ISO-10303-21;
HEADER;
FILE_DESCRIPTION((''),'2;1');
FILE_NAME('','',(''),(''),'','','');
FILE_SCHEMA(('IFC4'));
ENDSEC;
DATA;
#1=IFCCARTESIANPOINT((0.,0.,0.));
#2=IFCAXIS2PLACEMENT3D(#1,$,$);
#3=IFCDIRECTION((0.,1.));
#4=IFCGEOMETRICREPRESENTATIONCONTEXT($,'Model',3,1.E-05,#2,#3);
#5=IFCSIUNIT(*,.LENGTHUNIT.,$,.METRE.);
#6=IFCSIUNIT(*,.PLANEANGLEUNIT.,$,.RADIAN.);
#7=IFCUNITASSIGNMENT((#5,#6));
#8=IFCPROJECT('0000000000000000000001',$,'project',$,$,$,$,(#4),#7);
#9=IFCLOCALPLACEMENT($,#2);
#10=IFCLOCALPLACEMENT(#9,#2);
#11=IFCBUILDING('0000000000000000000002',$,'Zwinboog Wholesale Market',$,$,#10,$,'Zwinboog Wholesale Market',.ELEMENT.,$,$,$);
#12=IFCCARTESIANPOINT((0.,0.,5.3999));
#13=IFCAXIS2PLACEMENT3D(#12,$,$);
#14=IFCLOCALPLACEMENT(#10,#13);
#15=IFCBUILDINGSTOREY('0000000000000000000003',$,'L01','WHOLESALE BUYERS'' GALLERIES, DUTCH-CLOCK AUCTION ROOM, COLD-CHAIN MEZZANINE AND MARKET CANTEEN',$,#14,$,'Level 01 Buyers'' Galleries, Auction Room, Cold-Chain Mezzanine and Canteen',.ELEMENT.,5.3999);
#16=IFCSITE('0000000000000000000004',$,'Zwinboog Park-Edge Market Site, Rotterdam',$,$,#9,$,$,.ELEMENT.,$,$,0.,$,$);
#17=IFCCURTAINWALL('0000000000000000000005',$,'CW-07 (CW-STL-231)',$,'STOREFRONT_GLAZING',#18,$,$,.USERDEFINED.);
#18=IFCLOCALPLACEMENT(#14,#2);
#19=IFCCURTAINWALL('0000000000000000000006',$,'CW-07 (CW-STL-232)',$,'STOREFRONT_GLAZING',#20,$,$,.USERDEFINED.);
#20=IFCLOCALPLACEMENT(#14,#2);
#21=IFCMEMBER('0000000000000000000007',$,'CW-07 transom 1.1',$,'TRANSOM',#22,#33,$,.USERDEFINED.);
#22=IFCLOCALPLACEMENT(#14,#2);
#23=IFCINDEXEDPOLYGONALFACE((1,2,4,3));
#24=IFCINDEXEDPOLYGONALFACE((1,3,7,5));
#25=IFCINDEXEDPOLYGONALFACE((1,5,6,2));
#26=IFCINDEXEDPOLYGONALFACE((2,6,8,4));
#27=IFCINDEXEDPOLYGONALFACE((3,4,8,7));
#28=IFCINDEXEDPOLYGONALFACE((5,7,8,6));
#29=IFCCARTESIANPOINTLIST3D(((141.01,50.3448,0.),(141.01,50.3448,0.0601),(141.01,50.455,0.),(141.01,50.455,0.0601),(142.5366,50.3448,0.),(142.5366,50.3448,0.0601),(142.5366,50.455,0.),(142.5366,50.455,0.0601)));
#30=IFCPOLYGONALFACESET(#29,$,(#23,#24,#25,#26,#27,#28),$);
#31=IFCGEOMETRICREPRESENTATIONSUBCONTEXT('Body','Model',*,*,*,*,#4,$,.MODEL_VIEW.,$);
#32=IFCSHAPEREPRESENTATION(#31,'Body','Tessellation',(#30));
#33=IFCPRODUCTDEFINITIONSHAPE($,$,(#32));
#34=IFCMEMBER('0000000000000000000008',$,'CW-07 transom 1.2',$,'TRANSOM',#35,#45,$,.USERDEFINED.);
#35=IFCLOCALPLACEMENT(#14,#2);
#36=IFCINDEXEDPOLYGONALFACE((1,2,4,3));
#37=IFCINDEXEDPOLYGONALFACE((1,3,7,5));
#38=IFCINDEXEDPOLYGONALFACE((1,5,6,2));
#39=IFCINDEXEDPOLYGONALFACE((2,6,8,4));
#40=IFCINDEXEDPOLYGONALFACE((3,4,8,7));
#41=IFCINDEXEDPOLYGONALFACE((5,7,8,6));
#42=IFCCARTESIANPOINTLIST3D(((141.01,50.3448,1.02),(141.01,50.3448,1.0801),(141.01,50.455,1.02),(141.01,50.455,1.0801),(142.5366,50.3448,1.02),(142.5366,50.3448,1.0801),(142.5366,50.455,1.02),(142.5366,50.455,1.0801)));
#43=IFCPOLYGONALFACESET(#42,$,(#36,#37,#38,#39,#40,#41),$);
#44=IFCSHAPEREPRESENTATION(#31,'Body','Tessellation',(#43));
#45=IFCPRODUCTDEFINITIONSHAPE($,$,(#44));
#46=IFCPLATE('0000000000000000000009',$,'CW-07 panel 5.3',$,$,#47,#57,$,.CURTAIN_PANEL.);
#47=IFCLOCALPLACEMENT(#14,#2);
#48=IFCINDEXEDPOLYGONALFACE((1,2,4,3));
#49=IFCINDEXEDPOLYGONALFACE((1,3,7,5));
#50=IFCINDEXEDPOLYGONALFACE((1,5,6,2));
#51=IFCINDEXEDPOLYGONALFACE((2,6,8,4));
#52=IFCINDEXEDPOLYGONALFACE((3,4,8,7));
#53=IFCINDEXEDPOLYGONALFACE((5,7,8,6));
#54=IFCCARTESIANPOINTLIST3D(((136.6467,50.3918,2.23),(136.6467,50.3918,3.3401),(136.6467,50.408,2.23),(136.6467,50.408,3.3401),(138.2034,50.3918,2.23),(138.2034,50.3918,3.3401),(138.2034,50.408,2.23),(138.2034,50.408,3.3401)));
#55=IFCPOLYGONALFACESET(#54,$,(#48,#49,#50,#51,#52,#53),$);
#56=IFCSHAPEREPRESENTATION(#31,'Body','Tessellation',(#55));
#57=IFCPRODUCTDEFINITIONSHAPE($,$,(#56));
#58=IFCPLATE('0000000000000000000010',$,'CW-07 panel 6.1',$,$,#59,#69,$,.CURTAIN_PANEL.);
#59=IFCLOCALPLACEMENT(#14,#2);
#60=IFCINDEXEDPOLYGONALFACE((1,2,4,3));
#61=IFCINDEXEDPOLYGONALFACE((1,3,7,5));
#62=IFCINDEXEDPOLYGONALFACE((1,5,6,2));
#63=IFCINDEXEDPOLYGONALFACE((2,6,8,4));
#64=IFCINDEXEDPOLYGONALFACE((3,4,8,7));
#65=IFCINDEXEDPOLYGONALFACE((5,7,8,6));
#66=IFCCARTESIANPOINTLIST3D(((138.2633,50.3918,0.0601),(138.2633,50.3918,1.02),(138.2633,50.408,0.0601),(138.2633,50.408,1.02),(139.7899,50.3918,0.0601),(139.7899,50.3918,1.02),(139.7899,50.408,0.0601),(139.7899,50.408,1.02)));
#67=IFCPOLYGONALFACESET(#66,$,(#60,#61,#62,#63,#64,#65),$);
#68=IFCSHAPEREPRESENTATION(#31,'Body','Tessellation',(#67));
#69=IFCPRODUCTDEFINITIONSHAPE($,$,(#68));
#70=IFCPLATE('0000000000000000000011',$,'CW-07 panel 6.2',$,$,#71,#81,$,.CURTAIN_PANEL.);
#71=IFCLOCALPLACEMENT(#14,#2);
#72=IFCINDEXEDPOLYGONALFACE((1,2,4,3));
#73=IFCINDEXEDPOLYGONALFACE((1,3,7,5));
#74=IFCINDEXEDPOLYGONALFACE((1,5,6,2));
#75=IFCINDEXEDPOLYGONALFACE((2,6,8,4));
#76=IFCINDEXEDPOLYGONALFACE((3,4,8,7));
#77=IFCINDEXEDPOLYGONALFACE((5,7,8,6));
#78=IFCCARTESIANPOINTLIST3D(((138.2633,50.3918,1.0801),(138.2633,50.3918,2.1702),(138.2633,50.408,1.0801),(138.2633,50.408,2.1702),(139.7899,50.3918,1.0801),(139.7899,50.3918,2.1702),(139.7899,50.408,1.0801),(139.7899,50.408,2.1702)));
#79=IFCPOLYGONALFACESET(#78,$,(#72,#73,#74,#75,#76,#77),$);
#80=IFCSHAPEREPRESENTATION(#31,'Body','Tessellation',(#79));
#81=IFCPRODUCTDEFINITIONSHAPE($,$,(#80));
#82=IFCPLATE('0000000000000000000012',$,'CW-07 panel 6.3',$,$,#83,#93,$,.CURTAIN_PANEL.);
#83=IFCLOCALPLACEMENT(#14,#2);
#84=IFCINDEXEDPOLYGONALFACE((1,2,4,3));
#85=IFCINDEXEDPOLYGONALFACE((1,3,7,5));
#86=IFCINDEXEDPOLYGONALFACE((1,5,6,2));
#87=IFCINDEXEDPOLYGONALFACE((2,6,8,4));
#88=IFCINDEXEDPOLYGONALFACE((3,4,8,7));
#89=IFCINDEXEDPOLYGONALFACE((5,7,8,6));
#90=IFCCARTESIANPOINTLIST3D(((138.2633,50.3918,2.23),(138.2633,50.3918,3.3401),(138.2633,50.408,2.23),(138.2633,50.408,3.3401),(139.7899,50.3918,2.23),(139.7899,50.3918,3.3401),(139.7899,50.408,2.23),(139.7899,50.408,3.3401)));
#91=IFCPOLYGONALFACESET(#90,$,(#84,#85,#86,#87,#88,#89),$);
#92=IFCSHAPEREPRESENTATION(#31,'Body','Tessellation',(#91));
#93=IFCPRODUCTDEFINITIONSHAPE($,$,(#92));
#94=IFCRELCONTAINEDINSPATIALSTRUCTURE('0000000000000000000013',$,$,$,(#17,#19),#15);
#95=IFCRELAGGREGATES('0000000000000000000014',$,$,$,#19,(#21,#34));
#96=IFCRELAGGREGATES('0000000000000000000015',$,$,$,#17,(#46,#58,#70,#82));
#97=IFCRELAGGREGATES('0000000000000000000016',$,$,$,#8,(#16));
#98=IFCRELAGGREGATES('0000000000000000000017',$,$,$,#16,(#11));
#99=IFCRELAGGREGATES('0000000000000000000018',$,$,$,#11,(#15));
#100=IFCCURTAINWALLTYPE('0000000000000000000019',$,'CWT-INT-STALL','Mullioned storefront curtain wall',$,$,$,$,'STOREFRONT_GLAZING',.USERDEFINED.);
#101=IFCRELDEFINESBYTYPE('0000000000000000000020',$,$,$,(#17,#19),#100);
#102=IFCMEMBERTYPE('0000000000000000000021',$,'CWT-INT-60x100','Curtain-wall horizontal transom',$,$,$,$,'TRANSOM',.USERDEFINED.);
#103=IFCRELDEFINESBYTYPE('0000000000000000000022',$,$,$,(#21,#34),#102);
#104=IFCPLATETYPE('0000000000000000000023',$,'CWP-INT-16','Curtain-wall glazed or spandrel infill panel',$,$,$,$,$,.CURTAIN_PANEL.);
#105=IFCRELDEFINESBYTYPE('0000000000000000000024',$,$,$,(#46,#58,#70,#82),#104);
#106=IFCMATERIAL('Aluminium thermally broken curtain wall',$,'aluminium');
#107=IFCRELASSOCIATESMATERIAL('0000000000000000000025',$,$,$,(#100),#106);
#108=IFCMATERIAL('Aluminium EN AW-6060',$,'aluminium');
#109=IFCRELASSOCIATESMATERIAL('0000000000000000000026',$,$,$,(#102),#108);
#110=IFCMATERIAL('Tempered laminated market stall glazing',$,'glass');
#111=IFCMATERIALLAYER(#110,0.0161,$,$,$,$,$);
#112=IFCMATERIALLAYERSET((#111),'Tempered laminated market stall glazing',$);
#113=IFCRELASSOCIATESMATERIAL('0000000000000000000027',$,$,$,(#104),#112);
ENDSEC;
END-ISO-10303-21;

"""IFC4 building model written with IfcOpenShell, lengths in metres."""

from ifc_helpers import new_model, si_unit, direction, frame, origin, origin_2d, place, context, subcontext, project, spatial, rectangle, extrude, material, layer, layer_set, material_profile, profile_set, type_object, element, aggregate, save


model = new_model("IFC4")

# Units and contexts
model_context = context("Model", 3, precision=1e-05, world=origin(), true_north=direction((0.0, 1.0)))
body_context = subcontext(model_context, "Body", "Model", "MODEL_VIEW")
ifc_project = project(units=[si_unit("LENGTHUNIT", "METRE"), si_unit("PLANEANGLEUNIT", "RADIAN")], contexts=[model_context])

# Site, building, storey
site_placement = place(None, origin())
site = spatial("IfcSite", under=ifc_project, at=site_placement, Name="Zwinboog Park-Edge Market Site, Rotterdam", CompositionType="ELEMENT", RefElevation=0.0)
building_placement = place(site_placement, origin())
building = spatial("IfcBuilding", under=site, at=building_placement, Name="Zwinboog Wholesale Market", LongName="Zwinboog Wholesale Market", CompositionType="ELEMENT")
storey_placement = place(building_placement, frame((0.0, 0.0, 5.3999)))
storey = spatial("IfcBuildingStorey", under=building, at=storey_placement, Name="L01", Description="WHOLESALE BUYERS' GALLERIES, DUTCH-CLOCK AUCTION ROOM, COLD-CHAIN MEZZANINE AND MARKET CANTEEN", LongName="Level 01 Buyers' Galleries, Auction Room, Cold-Chain Mezzanine and Canteen", CompositionType="ELEMENT", Elevation=5.3999)

# Curtain wall
ifc_material_1 = material(Name="Aluminium thermally broken curtain wall", Category="aluminium")
ifc_material_2 = material(Name="Aluminium EN AW-6060", Category="aluminium")
curtain_wall_type_1 = type_object("IfcCurtainWallType", Name="CWT-INT-STALL", Description="Mullioned storefront curtain wall", ElementType="STOREFRONT_GLAZING", PredefinedType="USERDEFINED", material=ifc_material_1)
curtain_wall_1_placement = place(storey_placement, origin())
curtain_wall_1 = element("IfcCurtainWall", 1, at=curtain_wall_1_placement, inside=storey, type_object=curtain_wall_type_1, Name="CW-07 (CW-STL-231)", ObjectType="STOREFRONT_GLAZING", PredefinedType="USERDEFINED")

# Curtain wall
curtain_wall_2_placement = place(storey_placement, origin())
curtain_wall_2 = element("IfcCurtainWall", 2, at=curtain_wall_2_placement, inside=storey, type_object=curtain_wall_type_1, Name="CW-07 (CW-STL-232)", ObjectType="STOREFRONT_GLAZING", PredefinedType="USERDEFINED")

# Members
ifc_material_profile_1 = material_profile(ifc_material_2, rectangle(XDim=0.1101, YDim=0.0601, at=origin_2d()), Name="AL 60x110")
ifc_profile_set_1 = profile_set([ifc_material_profile_1], Name="Aluminium EN AW-6060")
member_type_1 = type_object("IfcMemberType", Name="CWT-INT-60x100", Description="Curtain-wall horizontal transom", ElementType="TRANSOM", PredefinedType="USERDEFINED", material=ifc_profile_set_1)
member_1_placement = place(storey_placement, frame((141.01, 50.3999, 0.03), z_axis=(1.0, 0.0, 0.0), x_axis=(0.0, 1.0, 0.0)))
member_1 = element("IfcMember", 3, at=member_1_placement, type_object=member_type_1, Name="CW-07 transom 1.1", ObjectType="TRANSOM", PredefinedType="USERDEFINED", context=body_context, shape_type="SweptSolid", body=[
    extrude(rectangle(XDim=0.1101, YDim=0.0601, at=origin_2d()), origin(), (0.0, 0.0, 1.0), 1.5266),
])
member_2_placement = place(storey_placement, frame((141.01, 50.3999, 1.05), z_axis=(1.0, 0.0, 0.0), x_axis=(0.0, 1.0, 0.0)))
member_2 = element("IfcMember", 4, at=member_2_placement, type_object=member_type_1, Name="CW-07 transom 1.2", ObjectType="TRANSOM", PredefinedType="USERDEFINED", context=body_context, shape_type="SweptSolid", body=[
    extrude(rectangle(XDim=0.1101, YDim=0.0601, at=origin_2d()), origin(), (0.0, 0.0, 1.0), 1.5266),
])
aggregate(curtain_wall_2, [member_1, member_2])

# Plates
ifc_material_3 = material(Name="Tempered laminated market stall glazing", Category="glass")
ifc_layer = layer(ifc_material_3, 0.0161)
ifc_layer_set = layer_set([ifc_layer], Name="Tempered laminated market stall glazing")
plate_type = type_object("IfcPlateType", Name="CWP-INT-16", Description="Curtain-wall glazed or spandrel infill panel", PredefinedType="CURTAIN_PANEL", material=ifc_layer_set)
plate_1_placement = place(storey_placement, frame((137.425, 50.3999, 2.23), z_axis=(0.0, 0.0, 1.0), x_axis=(1.0, 0.0, 0.0)))
plate_1 = element("IfcPlate", 5, at=plate_1_placement, type_object=plate_type, Name="CW-07 panel 5.3", PredefinedType="CURTAIN_PANEL", context=body_context, shape_type="SweptSolid", body=[
    extrude(rectangle(XDim=1.5566, YDim=0.0161, at=origin_2d()), origin(), (0.0, 0.0, 1.0), 1.1101),
])
plate_2_placement = place(storey_placement, frame((139.0266, 50.3999, 0.0601), z_axis=(0.0, 0.0, 1.0), x_axis=(1.0, 0.0, 0.0)))
plate_2 = element("IfcPlate", 6, at=plate_2_placement, type_object=plate_type, Name="CW-07 panel 6.1", PredefinedType="CURTAIN_PANEL", context=body_context, shape_type="SweptSolid", body=[
    extrude(rectangle(XDim=1.5266, YDim=0.0161, at=origin_2d()), origin(), (0.0, 0.0, 1.0), 0.96),
])
plate_3_placement = place(storey_placement, frame((139.0266, 50.3999, 1.0801), z_axis=(0.0, 0.0, 1.0), x_axis=(1.0, 0.0, 0.0)))
plate_3 = element("IfcPlate", 7, at=plate_3_placement, type_object=plate_type, Name="CW-07 panel 6.2", PredefinedType="CURTAIN_PANEL", context=body_context, shape_type="SweptSolid", body=[
    extrude(rectangle(XDim=1.5266, YDim=0.0161, at=origin_2d()), origin(), (0.0, 0.0, 1.0), 1.0901),
])
plate_4_placement = place(storey_placement, frame((139.0266, 50.3999, 2.23), z_axis=(0.0, 0.0, 1.0), x_axis=(1.0, 0.0, 0.0)))
plate_4 = element("IfcPlate", 8, at=plate_4_placement, type_object=plate_type, Name="CW-07 panel 6.3", PredefinedType="CURTAIN_PANEL", context=body_context, shape_type="SweptSolid", body=[
    extrude(rectangle(XDim=1.5266, YDim=0.0161, at=origin_2d()), origin(), (0.0, 0.0, 1.0), 1.1101),
])
aggregate(curtain_wall_1, [plate_1, plate_2, plate_3, plate_4])

save(model, "model.ifc")
